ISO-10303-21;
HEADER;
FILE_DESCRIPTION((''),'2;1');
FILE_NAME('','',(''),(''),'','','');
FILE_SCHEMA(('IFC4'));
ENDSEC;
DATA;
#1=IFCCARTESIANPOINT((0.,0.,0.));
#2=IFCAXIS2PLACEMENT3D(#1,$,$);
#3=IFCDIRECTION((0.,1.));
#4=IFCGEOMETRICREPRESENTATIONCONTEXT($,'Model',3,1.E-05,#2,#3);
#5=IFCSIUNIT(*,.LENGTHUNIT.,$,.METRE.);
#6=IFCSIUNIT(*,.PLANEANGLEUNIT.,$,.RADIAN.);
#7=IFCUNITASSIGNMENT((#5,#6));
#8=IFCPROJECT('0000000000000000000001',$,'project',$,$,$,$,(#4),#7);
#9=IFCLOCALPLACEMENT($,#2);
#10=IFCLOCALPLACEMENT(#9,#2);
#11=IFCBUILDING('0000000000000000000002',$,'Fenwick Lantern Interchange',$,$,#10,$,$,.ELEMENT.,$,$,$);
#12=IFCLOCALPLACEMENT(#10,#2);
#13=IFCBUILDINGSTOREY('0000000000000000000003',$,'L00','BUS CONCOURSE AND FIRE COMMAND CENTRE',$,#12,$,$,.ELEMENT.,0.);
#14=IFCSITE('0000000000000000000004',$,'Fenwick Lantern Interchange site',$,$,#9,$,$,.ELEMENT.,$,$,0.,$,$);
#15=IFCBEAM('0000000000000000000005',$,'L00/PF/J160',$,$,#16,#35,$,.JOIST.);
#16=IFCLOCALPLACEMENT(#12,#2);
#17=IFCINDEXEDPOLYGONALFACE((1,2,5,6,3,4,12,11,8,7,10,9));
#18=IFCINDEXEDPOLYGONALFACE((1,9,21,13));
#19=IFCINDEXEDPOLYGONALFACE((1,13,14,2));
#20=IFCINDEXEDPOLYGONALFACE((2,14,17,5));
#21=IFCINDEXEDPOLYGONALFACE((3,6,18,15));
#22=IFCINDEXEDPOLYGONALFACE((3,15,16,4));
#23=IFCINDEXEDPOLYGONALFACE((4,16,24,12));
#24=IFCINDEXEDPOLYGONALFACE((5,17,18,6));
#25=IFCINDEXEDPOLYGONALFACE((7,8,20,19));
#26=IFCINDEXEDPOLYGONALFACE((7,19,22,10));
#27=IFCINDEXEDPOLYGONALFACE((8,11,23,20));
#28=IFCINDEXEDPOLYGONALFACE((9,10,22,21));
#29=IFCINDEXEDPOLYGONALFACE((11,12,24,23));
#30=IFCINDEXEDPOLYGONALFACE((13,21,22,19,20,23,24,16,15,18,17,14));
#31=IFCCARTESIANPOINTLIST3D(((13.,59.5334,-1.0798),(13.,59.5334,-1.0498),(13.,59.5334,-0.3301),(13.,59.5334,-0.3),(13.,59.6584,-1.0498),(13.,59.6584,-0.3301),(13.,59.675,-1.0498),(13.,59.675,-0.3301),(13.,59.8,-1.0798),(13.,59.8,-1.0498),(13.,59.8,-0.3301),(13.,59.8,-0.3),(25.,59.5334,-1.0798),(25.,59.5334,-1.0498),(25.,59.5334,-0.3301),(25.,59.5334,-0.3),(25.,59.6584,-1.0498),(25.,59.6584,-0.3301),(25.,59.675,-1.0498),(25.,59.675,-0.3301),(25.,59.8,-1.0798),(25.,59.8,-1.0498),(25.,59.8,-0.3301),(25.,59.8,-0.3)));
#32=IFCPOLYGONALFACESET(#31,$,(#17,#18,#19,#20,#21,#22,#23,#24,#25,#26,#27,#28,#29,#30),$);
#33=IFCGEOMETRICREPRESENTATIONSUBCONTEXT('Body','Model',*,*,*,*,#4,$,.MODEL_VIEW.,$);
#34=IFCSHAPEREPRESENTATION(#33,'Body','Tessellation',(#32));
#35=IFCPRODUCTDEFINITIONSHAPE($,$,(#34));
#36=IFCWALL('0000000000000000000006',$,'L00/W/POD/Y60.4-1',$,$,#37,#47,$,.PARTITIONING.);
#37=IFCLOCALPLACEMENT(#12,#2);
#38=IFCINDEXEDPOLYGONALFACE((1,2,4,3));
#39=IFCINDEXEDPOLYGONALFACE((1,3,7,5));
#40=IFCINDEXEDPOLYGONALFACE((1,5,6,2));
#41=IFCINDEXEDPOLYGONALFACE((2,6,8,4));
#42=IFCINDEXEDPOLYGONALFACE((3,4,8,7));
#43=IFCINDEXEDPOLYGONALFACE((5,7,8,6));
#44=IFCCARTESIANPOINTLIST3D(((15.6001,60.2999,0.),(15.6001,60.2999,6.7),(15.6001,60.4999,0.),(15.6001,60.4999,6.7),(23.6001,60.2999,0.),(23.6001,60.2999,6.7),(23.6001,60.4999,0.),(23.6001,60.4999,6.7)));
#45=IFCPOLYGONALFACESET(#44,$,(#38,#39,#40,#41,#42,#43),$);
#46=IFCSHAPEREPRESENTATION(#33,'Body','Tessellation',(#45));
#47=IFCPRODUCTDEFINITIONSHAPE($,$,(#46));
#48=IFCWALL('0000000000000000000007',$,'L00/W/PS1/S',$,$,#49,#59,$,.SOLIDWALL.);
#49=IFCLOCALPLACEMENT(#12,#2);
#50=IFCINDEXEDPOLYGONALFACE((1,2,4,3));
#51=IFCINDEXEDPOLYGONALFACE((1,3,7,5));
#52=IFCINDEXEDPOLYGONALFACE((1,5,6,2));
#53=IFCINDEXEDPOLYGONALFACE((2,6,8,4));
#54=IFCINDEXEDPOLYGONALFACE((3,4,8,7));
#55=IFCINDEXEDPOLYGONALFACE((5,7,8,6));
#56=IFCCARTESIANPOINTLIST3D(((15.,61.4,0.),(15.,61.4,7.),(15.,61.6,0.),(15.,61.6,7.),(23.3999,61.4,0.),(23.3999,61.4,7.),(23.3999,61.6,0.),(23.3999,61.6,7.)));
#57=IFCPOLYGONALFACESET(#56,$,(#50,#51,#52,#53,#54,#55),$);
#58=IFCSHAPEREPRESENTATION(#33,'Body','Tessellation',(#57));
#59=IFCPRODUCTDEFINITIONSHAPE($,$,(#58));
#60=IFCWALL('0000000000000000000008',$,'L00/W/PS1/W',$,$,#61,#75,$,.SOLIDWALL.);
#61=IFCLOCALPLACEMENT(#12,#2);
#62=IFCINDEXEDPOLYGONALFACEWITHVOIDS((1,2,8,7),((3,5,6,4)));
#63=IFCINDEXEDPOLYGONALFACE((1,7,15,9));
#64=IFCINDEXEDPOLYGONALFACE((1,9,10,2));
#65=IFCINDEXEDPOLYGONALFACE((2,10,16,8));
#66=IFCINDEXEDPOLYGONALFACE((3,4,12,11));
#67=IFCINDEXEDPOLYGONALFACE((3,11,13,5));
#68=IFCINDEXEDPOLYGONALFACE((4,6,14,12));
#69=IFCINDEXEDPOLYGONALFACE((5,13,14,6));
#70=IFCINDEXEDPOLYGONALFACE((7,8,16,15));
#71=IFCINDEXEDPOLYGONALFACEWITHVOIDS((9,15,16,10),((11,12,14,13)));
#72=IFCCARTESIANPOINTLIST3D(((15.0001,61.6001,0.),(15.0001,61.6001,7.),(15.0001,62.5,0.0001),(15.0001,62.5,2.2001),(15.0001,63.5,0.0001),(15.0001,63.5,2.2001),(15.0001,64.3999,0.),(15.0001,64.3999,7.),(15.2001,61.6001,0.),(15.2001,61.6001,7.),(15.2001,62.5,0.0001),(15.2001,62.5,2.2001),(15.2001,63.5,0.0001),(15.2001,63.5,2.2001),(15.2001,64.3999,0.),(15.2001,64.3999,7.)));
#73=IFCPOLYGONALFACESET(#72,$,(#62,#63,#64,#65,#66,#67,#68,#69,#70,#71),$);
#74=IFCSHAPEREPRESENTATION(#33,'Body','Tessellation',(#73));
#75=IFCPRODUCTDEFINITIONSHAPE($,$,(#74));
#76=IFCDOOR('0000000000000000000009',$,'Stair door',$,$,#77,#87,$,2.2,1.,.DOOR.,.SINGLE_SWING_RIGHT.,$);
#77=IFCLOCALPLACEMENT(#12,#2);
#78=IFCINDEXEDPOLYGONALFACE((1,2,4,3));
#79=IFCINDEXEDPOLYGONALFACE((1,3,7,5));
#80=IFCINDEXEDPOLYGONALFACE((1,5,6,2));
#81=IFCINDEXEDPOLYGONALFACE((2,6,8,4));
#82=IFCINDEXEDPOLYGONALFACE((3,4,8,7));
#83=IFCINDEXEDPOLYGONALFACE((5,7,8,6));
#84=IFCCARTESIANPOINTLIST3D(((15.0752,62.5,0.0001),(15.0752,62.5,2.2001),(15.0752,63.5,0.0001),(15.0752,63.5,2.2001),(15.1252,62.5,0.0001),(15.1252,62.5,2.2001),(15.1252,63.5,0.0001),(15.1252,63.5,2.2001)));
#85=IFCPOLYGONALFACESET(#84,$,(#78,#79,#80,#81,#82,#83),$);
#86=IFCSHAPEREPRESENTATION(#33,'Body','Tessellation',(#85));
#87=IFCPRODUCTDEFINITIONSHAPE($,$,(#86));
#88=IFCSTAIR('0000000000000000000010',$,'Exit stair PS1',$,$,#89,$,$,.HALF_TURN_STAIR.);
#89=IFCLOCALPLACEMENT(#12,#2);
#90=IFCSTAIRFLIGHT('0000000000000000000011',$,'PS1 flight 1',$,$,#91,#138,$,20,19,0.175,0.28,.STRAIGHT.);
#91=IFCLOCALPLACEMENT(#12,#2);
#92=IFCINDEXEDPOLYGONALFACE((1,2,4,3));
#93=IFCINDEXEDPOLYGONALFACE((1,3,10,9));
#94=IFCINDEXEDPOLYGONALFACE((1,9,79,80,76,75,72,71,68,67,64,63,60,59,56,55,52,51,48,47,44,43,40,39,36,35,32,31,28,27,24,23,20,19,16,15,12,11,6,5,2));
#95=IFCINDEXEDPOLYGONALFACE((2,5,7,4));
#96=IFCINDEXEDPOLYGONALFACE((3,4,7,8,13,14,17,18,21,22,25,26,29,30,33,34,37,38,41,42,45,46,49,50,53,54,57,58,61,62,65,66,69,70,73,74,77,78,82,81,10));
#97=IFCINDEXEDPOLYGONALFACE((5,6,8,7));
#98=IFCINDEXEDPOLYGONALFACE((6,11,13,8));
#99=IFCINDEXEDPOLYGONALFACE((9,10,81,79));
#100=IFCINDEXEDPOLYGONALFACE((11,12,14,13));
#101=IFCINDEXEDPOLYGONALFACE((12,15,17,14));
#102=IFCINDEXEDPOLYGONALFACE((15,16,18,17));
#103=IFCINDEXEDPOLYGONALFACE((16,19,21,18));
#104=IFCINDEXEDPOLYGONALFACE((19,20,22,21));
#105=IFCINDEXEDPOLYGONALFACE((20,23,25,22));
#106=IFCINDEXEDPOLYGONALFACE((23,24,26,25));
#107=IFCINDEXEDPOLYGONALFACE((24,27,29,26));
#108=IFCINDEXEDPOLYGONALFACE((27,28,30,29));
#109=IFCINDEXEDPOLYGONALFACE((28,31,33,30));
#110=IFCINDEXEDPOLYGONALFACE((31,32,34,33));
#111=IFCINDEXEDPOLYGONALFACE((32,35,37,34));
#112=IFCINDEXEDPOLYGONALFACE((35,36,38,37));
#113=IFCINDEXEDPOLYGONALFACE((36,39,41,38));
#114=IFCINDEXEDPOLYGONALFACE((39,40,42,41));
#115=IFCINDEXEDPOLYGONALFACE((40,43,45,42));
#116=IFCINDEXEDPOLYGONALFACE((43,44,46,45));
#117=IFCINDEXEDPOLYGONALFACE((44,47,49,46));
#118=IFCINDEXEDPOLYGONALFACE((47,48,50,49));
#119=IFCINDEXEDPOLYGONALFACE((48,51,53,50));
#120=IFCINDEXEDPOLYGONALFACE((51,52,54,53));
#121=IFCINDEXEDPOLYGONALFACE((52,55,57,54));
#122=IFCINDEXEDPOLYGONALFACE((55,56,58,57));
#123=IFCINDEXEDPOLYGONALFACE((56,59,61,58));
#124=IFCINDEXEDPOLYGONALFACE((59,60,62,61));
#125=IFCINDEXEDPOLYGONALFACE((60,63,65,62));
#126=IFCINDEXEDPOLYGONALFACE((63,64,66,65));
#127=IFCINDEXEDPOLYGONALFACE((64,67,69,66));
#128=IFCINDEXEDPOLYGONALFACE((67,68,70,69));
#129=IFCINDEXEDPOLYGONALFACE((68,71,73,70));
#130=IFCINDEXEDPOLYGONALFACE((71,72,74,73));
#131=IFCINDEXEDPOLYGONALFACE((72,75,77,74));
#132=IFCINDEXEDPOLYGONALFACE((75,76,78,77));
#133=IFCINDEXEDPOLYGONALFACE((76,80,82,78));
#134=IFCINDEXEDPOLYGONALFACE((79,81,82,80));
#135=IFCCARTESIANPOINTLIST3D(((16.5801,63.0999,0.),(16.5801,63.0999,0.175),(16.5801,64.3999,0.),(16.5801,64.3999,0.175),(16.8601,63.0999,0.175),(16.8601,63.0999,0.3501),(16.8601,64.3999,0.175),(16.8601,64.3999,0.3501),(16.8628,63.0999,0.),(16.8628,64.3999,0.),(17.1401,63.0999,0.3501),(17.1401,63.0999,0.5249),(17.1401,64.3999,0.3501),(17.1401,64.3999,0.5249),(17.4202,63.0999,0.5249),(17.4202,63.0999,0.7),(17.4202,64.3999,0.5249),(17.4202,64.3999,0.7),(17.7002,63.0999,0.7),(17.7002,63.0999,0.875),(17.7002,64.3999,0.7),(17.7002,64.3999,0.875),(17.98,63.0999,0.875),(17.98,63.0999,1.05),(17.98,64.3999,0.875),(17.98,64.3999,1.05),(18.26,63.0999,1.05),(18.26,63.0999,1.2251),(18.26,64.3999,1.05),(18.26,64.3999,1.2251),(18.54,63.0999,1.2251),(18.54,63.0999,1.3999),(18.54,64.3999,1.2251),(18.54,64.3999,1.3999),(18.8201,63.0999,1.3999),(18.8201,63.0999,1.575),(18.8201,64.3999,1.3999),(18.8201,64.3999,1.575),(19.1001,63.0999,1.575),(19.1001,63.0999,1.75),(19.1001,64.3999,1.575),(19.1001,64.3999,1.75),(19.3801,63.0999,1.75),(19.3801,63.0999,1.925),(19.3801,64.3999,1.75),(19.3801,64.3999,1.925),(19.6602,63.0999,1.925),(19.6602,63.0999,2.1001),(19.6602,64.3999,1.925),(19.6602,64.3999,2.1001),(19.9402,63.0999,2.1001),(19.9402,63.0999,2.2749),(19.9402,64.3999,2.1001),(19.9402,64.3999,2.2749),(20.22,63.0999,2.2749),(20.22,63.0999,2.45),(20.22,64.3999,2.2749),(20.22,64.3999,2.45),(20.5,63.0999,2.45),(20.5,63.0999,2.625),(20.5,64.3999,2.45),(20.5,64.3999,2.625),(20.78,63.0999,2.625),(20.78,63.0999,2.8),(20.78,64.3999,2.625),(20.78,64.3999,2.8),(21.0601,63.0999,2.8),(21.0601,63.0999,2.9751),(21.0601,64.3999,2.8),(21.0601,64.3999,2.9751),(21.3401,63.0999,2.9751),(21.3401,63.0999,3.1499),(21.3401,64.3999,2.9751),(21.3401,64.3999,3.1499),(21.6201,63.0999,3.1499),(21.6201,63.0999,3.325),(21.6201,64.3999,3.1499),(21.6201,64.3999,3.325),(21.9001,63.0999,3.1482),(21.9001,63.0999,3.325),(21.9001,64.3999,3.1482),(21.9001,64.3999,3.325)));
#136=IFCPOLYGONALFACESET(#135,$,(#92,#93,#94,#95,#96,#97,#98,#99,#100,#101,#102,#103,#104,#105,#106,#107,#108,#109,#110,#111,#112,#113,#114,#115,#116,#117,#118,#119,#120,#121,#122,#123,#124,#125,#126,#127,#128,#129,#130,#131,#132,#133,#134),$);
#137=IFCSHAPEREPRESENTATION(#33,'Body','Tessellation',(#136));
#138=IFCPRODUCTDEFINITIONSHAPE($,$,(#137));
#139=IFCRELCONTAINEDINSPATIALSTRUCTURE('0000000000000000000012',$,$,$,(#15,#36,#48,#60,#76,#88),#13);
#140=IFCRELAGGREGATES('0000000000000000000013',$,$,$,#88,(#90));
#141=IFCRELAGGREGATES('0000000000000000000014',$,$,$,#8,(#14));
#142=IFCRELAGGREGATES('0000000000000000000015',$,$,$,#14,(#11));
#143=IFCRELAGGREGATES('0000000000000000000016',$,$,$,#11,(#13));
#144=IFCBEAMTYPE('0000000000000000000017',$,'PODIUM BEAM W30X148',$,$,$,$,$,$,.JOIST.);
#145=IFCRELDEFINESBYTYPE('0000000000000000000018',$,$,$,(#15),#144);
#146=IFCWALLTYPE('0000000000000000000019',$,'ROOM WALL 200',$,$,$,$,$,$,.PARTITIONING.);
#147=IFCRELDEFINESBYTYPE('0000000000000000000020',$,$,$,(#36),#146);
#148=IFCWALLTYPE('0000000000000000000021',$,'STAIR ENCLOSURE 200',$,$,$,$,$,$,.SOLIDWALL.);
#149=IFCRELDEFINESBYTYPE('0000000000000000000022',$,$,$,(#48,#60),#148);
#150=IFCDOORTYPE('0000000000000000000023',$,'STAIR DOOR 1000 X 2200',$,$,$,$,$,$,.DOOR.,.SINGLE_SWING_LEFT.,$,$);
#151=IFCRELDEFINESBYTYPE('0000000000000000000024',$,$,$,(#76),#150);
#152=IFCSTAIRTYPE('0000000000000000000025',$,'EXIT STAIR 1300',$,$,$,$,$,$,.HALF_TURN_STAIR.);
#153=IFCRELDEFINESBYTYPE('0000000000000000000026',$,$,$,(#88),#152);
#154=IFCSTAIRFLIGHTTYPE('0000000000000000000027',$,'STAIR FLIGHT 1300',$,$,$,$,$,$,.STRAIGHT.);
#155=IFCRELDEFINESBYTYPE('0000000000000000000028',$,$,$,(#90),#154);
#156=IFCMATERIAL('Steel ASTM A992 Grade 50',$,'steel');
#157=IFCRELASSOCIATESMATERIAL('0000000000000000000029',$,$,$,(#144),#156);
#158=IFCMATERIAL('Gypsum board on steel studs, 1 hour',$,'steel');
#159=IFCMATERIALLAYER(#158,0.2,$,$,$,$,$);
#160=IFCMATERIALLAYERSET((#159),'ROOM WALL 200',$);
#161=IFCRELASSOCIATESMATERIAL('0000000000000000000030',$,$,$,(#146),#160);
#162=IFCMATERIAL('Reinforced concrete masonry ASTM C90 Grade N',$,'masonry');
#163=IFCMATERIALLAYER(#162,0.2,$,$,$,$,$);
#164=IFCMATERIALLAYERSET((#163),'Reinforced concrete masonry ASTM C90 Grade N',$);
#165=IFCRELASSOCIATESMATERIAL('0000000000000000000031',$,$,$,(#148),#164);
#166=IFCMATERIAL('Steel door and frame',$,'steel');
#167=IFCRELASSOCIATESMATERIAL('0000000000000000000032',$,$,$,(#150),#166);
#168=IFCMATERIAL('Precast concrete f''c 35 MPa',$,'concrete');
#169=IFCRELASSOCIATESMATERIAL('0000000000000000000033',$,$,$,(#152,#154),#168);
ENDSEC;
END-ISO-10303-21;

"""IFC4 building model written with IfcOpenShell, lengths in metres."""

from ifc_helpers import new_model, si_unit, direction, frame, frame_2d, origin, origin_2d, place, context, subcontext, project, spatial, polyline, rectangle, i_section, outline, extrude, material, layer, layer_set, material_profile, profile_set, type_object, element, fill, aggregate, save


model = new_model("IFC4")

# Units and contexts
model_context = context("Model", 3, precision=1e-05, world=origin(), true_north=direction((0.0, 1.0)))
body_context = subcontext(model_context, "Body", "Model", "MODEL_VIEW")
ifc_project = project(units=[si_unit("LENGTHUNIT", "METRE"), si_unit("PLANEANGLEUNIT", "RADIAN")], contexts=[model_context])

# Site, building, storey
site_placement = place(None, origin())
site = spatial("IfcSite", under=ifc_project, at=site_placement, Name="Fenwick Lantern Interchange site", CompositionType="ELEMENT", RefElevation=0.0)
building_placement = place(site_placement, origin())
building = spatial("IfcBuilding", under=site, at=building_placement, Name="Fenwick Lantern Interchange", CompositionType="ELEMENT")
storey_placement = place(building_placement, origin())
storey = spatial("IfcBuildingStorey", under=building, at=storey_placement, Name="L00", Description="BUS CONCOURSE AND FIRE COMMAND CENTRE", CompositionType="ELEMENT", Elevation=0.0)

# Shared definitions
ifc_material_1 = material(Name="Steel ASTM A992 Grade 50", Category="steel")

# Beam
ifc_material_profile_1 = material_profile(ifc_material_1, i_section(OverallWidth=0.2666, OverallDepth=0.7798, WebThickness=0.0166, FlangeThickness=0.03, at=origin_2d()), Name="W30X148")
ifc_profile_set_1 = profile_set([ifc_material_profile_1], Name="Steel ASTM A992 Grade 50")
beam_type_1 = type_object("IfcBeamType", Name="PODIUM BEAM W30X148", PredefinedType="JOIST", material=ifc_profile_set_1)
beam_1_placement = place(storey_placement, frame((13.0, 59.6667, -0.6899), z_axis=(1.0, 0.0, 0.0), x_axis=(0.0, 1.0, 0.0)))
element("IfcBeam", 1, at=beam_1_placement, inside=storey, type_object=beam_type_1, Name="L00/PF/J160", PredefinedType="JOIST", context=body_context, shape_type="SweptSolid", body=[
    extrude(i_section(OverallWidth=0.2666, OverallDepth=0.7798, WebThickness=0.0166, FlangeThickness=0.03, at=origin_2d()), origin(), (0.0, 0.0, 1.0), 12.0),
])

# Walls
ifc_material_2 = material(Name="Gypsum board on steel studs, 1 hour", Category="steel")
ifc_layer_1 = layer(ifc_material_2, 0.2)
ifc_layer_set_1 = layer_set([ifc_layer_1], Name="ROOM WALL 200")
wall_type_1 = type_object("IfcWallType", Name="ROOM WALL 200", PredefinedType="PARTITIONING", material=ifc_layer_set_1)
wall_1_placement = place(storey_placement, frame((15.6001, 60.3999, 0.0), z_axis=(0.0, 0.0, 1.0), x_axis=(1.0, 0.0, 0.0)))
element("IfcWall", 2, at=wall_1_placement, inside=storey, type_object=wall_type_1, Name="L00/W/POD/Y60.4-1", PredefinedType="PARTITIONING", context=body_context, shape_type="SweptSolid", body=[
    extrude(rectangle(XDim=8.0, YDim=0.2, at=frame_2d((4.0, 0.0))), origin(), (0.0, 0.0, 1.0), 6.7),
])
ifc_material_3 = material(Name="Reinforced concrete masonry ASTM C90 Grade N", Category="masonry")
ifc_layer_2 = layer(ifc_material_3, 0.2)
ifc_layer_set_2 = layer_set([ifc_layer_2], Name="Reinforced concrete masonry ASTM C90 Grade N")
wall_type_2 = type_object("IfcWallType", Name="STAIR ENCLOSURE 200", PredefinedType="SOLIDWALL", material=ifc_layer_set_2)
wall_2_placement = place(storey_placement, frame((15.0, 61.5, 0.0), z_axis=(0.0, 0.0, 1.0), x_axis=(1.0, 0.0, 0.0)))
element("IfcWall", 3, at=wall_2_placement, inside=storey, type_object=wall_type_2, Name="L00/W/PS1/S", PredefinedType="SOLIDWALL", context=body_context, shape_type="SweptSolid", body=[
    extrude(rectangle(XDim=8.3999, YDim=0.2, at=frame_2d((4.2, 0.0))), origin(), (0.0, 0.0, 1.0), 7.0),
])

# Wall, opening, door
wall_3_placement = place(storey_placement, frame((15.1001, 64.3999, 0.0), z_axis=(0.0, 0.0, 1.0), x_axis=(0.0, -1.0, 0.0)))
wall_3 = element("IfcWall", 4, at=wall_3_placement, inside=storey, type_object=wall_type_2, Name="L00/W/PS1/W", PredefinedType="SOLIDWALL", context=body_context, shape_type="SweptSolid", body=[
    extrude(rectangle(XDim=2.7998, YDim=0.2, at=frame_2d((1.3999, 0.0))), origin(), (0.0, 0.0, 1.0), 7.0),
])
opening_placement = place(wall_3_placement, frame((0.8999, 0.0, 0.0)))
opening = element("IfcOpeningElement", 5, at=opening_placement, cuts=wall_3, PredefinedType="OPENING", context=body_context, shape_type="SweptSolid", body=[
    extrude(rectangle(XDim=1.0, YDim=2.2, at=frame_2d((0.5, 1.1001))), frame((0.0, 0.1099, 0.0), z_axis=(0.0, -1.0, 0.0), x_axis=(1.0, 0.0, 0.0)), (0.0, 0.0, 1.0), 0.22),
])
ifc_material_4 = material(Name="Steel door and frame", Category="steel")
door_type = type_object("IfcDoorType", Name="STAIR DOOR 1000 X 2200", OperationType="SINGLE_SWING_LEFT", PredefinedType="DOOR", material=ifc_material_4)
door_placement = place(opening_placement, frame((1.0, 0.0, 0.0), z_axis=(0.0, 0.0, 1.0), x_axis=(-1.0, 0.0, 0.0)))
door = element("IfcDoor", 6, at=door_placement, inside=storey, type_object=door_type, Name="Stair door", OperationType="SINGLE_SWING_RIGHT", OverallHeight=2.2, OverallWidth=1.0, PredefinedType="DOOR", context=body_context, shape_type="SweptSolid", body=[
    extrude(rectangle(XDim=1.0, YDim=2.2, at=frame_2d((0.5, 1.1001))), frame((0.0, 0.0249, 0.0), z_axis=(0.0, -1.0, 0.0), x_axis=(1.0, 0.0, 0.0)), (0.0, 0.0, 1.0), 0.05),
])
fill(opening, door)

# Stair, stair flight
ifc_material_5 = material(Name="Precast concrete f'c 35 MPa", Category="concrete")
stair_type = type_object("IfcStairType", Name="EXIT STAIR 1300", PredefinedType="HALF_TURN_STAIR", material=ifc_material_5)
stair_placement = place(storey_placement, origin())
stair = element("IfcStair", 7, at=stair_placement, inside=storey, type_object=stair_type, Name="Exit stair PS1", PredefinedType="HALF_TURN_STAIR")
stair_flight_type = type_object("IfcStairFlightType", Name="STAIR FLIGHT 1300", PredefinedType="STRAIGHT", material=ifc_material_5)
stair_flight_placement = place(storey_placement, frame((16.5801, 63.75, 0.0), z_axis=(0.0, 0.0, 1.0), x_axis=(1.0, 0.0, 0.0)))
stair_flight = element("IfcStairFlight", 8, at=stair_flight_placement, type_object=stair_flight_type, Name="PS1 flight 1", NumberOfRisers=20, NumberOfTreads=19, PredefinedType="STRAIGHT", RiserHeight=0.175, TreadLength=0.28, context=body_context, shape_type="SweptSolid", body=[
    extrude(outline(polyline([(0.0, 0.0), (0.0, 0.175), (0.28, 0.175), (0.28, 0.3501), (0.5601, 0.3501), (0.5601, 0.5249), (0.8401, 0.5249), (0.8401, 0.7), (1.1201, 0.7), (1.1201, 0.875), (1.3999, 0.875), (1.3999, 1.05), (1.6799, 1.05), (1.6799, 1.2251), (1.96, 1.2251), (1.96, 1.3999), (2.24, 1.3999), (2.24, 1.575), (2.52, 1.575), (2.52, 1.75), (2.8, 1.75), (2.8, 1.925), (3.0801, 1.925), (3.0801, 2.1001), (3.3601, 2.1001), (3.3601, 2.2749), (3.6399, 2.2749), (3.6399, 2.45), (3.9199, 2.45), (3.9199, 2.625), (4.2, 2.625), (4.2, 2.8), (4.48, 2.8), (4.48, 2.9751), (4.76, 2.9751), (4.76, 3.1499), (5.04, 3.1499), (5.04, 3.325), (5.3201, 3.325), (5.3201, 3.5), (5.3201, 3.1482), (0.2827, 0.0), (0.0, 0.0)])), frame((0.0, 0.6499, 0.0), z_axis=(0.0, -1.0, 0.0), x_axis=(1.0, 0.0, 0.0)), (0.0, 0.0, 1.0), 1.3),
])
aggregate(stair, [stair_flight])

save(model, "model.ifc")
